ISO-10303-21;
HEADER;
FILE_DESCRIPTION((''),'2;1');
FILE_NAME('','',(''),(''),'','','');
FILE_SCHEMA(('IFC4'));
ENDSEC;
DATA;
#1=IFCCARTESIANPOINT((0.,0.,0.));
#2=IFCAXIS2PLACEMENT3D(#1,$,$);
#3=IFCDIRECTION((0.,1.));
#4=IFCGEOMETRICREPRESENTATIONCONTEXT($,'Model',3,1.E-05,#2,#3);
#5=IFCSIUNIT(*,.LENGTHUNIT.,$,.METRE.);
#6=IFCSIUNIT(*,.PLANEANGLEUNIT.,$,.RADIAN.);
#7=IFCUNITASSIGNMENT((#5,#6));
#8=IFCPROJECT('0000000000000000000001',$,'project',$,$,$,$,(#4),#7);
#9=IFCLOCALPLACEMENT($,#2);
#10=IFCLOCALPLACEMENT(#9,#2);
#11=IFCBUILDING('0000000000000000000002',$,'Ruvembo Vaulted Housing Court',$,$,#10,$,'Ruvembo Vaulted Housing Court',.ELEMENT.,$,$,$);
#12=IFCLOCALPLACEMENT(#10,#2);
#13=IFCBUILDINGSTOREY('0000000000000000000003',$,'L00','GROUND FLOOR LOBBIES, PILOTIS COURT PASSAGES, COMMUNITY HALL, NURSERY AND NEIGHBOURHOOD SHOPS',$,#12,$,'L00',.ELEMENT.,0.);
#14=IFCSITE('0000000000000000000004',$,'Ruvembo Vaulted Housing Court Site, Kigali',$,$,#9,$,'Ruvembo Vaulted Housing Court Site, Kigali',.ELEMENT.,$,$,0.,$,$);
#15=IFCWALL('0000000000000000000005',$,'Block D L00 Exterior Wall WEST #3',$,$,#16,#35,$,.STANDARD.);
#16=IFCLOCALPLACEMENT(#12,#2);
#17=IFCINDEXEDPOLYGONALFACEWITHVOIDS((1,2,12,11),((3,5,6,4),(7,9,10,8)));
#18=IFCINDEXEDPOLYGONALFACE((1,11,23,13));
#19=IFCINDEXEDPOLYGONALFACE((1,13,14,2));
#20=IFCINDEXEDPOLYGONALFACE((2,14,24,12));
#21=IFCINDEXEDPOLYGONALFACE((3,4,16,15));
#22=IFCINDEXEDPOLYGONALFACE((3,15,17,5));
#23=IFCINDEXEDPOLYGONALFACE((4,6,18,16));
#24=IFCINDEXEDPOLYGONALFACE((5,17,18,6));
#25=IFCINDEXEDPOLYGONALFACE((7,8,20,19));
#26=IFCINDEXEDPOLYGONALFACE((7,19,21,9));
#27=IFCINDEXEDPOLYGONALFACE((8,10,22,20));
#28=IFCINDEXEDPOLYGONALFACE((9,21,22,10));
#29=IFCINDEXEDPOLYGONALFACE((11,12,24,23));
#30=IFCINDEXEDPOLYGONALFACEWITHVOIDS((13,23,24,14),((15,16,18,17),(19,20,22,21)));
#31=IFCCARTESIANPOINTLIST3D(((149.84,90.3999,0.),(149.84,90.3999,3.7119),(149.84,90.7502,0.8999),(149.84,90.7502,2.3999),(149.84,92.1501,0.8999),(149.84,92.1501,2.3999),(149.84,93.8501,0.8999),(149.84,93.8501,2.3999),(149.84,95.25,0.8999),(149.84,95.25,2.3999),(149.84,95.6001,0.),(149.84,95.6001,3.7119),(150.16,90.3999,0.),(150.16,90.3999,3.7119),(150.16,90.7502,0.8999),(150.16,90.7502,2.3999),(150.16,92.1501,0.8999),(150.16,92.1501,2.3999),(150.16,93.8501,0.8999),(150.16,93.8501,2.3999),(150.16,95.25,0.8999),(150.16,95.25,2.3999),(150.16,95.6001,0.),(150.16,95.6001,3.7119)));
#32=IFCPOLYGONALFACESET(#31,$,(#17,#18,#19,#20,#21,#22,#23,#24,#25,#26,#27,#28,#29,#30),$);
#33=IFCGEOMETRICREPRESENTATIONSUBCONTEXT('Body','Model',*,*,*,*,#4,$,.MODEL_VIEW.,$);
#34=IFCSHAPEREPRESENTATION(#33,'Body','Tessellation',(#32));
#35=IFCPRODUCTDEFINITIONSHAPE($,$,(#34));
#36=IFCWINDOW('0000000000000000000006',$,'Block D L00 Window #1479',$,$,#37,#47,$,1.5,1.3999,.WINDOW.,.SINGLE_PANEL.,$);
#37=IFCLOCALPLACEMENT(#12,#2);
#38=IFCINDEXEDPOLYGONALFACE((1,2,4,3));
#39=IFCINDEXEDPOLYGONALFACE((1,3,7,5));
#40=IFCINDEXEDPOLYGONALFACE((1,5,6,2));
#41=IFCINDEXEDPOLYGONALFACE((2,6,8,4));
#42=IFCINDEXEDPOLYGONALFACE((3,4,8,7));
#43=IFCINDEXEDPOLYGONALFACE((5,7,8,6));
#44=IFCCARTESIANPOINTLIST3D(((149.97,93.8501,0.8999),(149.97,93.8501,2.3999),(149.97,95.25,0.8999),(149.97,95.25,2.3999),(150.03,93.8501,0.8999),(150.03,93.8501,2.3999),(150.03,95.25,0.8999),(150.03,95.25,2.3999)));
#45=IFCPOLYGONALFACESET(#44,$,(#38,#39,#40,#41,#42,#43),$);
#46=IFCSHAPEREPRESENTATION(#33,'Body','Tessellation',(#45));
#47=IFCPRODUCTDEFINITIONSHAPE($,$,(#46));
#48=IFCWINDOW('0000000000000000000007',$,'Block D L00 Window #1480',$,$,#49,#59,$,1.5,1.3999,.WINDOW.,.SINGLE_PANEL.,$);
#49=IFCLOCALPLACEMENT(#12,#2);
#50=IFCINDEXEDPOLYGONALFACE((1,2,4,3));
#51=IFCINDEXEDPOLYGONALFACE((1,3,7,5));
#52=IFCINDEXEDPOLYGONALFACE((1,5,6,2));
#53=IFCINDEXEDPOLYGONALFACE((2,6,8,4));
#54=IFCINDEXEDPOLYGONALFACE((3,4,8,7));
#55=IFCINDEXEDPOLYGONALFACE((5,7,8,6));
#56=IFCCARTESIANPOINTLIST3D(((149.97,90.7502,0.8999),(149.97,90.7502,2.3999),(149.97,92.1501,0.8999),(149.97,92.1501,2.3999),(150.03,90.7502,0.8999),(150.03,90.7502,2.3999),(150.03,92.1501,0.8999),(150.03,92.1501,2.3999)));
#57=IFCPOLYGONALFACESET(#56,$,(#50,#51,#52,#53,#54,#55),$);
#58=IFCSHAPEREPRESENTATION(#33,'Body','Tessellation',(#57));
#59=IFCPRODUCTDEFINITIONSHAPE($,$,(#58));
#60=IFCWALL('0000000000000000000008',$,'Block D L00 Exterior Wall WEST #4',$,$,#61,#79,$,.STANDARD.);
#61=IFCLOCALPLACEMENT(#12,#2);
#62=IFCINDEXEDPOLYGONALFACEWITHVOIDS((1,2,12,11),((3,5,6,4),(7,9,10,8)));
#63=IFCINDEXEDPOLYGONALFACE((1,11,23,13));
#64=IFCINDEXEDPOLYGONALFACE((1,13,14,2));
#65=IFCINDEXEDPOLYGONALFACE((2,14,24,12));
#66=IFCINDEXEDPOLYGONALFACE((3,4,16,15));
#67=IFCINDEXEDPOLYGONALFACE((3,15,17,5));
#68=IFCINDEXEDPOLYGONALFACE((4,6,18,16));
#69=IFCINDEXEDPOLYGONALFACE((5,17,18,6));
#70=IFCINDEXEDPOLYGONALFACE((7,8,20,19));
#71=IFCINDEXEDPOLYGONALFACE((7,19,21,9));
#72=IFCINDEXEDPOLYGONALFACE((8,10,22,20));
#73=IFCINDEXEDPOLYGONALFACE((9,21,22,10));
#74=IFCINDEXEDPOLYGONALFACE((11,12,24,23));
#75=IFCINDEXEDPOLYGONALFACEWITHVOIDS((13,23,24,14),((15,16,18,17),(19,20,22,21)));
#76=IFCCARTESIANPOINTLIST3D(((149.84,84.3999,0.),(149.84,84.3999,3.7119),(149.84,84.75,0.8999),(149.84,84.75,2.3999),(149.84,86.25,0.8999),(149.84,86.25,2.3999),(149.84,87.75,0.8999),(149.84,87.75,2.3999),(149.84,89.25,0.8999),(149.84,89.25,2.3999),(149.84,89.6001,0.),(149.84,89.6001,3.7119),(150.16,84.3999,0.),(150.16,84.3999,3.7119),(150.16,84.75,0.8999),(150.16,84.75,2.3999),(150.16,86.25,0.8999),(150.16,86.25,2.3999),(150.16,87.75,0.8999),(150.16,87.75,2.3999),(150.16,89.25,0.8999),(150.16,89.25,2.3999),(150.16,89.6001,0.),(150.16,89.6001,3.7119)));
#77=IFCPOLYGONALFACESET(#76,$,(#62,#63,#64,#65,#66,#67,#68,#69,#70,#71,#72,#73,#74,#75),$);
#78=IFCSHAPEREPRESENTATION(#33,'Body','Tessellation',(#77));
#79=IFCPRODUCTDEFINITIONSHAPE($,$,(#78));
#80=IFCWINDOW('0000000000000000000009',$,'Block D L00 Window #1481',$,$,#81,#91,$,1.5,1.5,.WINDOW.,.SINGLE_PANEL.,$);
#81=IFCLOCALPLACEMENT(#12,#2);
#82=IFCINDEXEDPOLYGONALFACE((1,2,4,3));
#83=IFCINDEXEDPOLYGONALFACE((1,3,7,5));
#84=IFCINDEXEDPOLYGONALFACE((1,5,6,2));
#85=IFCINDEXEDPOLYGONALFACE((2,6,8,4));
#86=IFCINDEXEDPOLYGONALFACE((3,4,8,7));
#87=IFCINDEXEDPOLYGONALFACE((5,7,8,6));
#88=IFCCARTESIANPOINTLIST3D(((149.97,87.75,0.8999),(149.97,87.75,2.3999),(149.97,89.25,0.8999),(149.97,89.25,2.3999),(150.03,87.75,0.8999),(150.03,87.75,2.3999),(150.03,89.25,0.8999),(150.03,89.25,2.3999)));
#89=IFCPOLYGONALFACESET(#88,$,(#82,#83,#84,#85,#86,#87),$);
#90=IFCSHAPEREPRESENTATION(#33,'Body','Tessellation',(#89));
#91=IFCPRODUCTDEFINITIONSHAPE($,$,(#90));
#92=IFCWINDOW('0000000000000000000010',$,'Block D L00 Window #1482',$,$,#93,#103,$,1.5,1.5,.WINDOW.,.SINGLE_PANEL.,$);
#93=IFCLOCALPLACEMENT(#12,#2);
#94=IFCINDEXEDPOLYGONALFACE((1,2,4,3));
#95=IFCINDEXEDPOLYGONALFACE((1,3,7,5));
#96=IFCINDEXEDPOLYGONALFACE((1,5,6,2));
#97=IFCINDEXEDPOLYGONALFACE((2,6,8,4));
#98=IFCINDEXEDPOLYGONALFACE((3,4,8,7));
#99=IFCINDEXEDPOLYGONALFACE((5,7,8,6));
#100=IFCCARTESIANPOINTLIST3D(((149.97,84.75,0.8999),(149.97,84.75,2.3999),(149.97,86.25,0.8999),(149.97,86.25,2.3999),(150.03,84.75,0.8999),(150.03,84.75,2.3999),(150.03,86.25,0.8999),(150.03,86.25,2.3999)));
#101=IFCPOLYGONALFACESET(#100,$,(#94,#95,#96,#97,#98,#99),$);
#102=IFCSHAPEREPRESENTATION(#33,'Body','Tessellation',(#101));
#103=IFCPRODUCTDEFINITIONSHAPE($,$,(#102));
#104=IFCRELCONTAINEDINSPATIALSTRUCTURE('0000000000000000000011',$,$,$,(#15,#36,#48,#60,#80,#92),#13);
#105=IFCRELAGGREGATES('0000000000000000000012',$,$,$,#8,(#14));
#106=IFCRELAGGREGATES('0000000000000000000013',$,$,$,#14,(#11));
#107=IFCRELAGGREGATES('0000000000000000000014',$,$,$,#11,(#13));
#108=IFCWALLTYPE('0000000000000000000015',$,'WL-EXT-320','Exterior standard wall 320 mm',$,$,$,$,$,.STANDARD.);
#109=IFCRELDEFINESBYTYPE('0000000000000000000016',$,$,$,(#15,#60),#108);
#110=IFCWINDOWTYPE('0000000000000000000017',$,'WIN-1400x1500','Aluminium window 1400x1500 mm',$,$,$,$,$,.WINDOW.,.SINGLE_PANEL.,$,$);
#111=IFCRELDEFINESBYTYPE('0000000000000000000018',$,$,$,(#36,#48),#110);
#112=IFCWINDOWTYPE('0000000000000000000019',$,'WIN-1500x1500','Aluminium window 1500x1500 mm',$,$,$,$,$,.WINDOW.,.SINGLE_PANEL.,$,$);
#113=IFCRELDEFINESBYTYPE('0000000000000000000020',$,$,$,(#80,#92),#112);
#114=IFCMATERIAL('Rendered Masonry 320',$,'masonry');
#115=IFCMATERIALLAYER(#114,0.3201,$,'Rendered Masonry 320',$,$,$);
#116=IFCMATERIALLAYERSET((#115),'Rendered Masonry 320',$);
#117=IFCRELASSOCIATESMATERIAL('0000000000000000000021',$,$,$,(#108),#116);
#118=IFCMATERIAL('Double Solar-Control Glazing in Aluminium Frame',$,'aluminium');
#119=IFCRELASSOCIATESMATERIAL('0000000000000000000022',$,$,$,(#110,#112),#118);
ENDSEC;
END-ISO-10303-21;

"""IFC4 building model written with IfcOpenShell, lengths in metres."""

from ifc_helpers import new_model, si_unit, direction, frame, frame_2d, origin, place, context, subcontext, project, spatial, rectangle, extrude, material, layer, layer_set, type_object, element, fill, save


model = new_model("IFC4")

# Units and contexts
model_context = context("Model", 3, precision=1e-05, world=origin(), true_north=direction((0.0, 1.0)))
body_context = subcontext(model_context, "Body", "Model", "MODEL_VIEW")
ifc_project = project(units=[si_unit("LENGTHUNIT", "METRE"), si_unit("PLANEANGLEUNIT", "RADIAN")], contexts=[model_context])

# Site, building, storey
site_placement = place(None, origin())
site = spatial("IfcSite", under=ifc_project, at=site_placement, Name="Ruvembo Vaulted Housing Court Site, Kigali", LongName="Ruvembo Vaulted Housing Court Site, Kigali", CompositionType="ELEMENT", RefElevation=0.0)
building_placement = place(site_placement, origin())
building = spatial("IfcBuilding", under=site, at=building_placement, Name="Ruvembo Vaulted Housing Court", LongName="Ruvembo Vaulted Housing Court", CompositionType="ELEMENT")
storey_placement = place(building_placement, origin())
storey = spatial("IfcBuildingStorey", under=building, at=storey_placement, Name="L00", Description="GROUND FLOOR LOBBIES, PILOTIS COURT PASSAGES, COMMUNITY HALL, NURSERY AND NEIGHBOURHOOD SHOPS", LongName="L00", CompositionType="ELEMENT", Elevation=0.0)

# Walls, openings, windows
ifc_material_1 = material(Name="Rendered Masonry 320", Category="masonry")
ifc_layer = layer(ifc_material_1, 0.3201, Name="Rendered Masonry 320")
ifc_layer_set = layer_set([ifc_layer], Name="Rendered Masonry 320")
wall_type = type_object("IfcWallType", Name="WL-EXT-320", Description="Exterior standard wall 320 mm", PredefinedType="STANDARD", material=ifc_layer_set)
wall_1_placement = place(storey_placement, frame((150.0, 95.6001, 0.0), z_axis=(0.0, 0.0, 1.0), x_axis=(0.0, -1.0, 0.0)))
wall_1 = element("IfcWall", 1, at=wall_1_placement, inside=storey, type_object=wall_type, Name="Block D L00 Exterior Wall WEST #3", PredefinedType="STANDARD", context=body_context, shape_type="SweptSolid", body=[
    extrude(rectangle(XDim=5.2002, YDim=0.3201, at=frame_2d((2.6001, 0.0))), origin(), (0.0, 0.0, 1.0), 3.7119),
])
opening_1_placement = place(wall_1_placement, frame((0.3501, 0.0, 0.8999)))
opening_1 = element("IfcOpeningElement", 2, at=opening_1_placement, cuts=wall_1, PredefinedType="OPENING", context=body_context, shape_type="SweptSolid", body=[
    extrude(rectangle(XDim=1.3999, YDim=1.5, at=frame_2d((0.7, 0.75))), frame((0.0, 0.1699, 0.0), z_axis=(0.0, -1.0, 0.0), x_axis=(1.0, 0.0, 0.0)), (0.0, 0.0, 1.0), 0.3401),
])
opening_2_placement = place(wall_1_placement, frame((3.45, 0.0, 0.8999)))
opening_2 = element("IfcOpeningElement", 3, at=opening_2_placement, cuts=wall_1, PredefinedType="OPENING", context=body_context, shape_type="SweptSolid", body=[
    extrude(rectangle(XDim=1.3999, YDim=1.5, at=frame_2d((0.7, 0.75))), frame((0.0, 0.1699, 0.0), z_axis=(0.0, -1.0, 0.0), x_axis=(1.0, 0.0, 0.0)), (0.0, 0.0, 1.0), 0.3401),
])
ifc_material_2 = material(Name="Double Solar-Control Glazing in Aluminium Frame", Category="aluminium")
window_type_1 = type_object("IfcWindowType", Name="WIN-1400x1500", Description="Aluminium window 1400x1500 mm", PartitioningType="SINGLE_PANEL", PredefinedType="WINDOW", material=ifc_material_2)
window_1_placement = place(opening_1_placement, origin())
window_1 = element("IfcWindow", 4, at=window_1_placement, inside=storey, type_object=window_type_1, Name="Block D L00 Window #1479", OverallHeight=1.5, OverallWidth=1.3999, PartitioningType="SINGLE_PANEL", PredefinedType="WINDOW", context=body_context, shape_type="SweptSolid", body=[
    extrude(rectangle(XDim=1.3999, YDim=1.5, at=frame_2d((0.7, 0.75))), frame((0.0, 0.03, 0.0), z_axis=(0.0, -1.0, 0.0), x_axis=(1.0, 0.0, 0.0)), (0.0, 0.0, 1.0), 0.0601),
])
fill(opening_1, window_1)
window_2_placement = place(opening_2_placement, origin())
window_2 = element("IfcWindow", 5, at=window_2_placement, inside=storey, type_object=window_type_1, Name="Block D L00 Window #1480", OverallHeight=1.5, OverallWidth=1.3999, PartitioningType="SINGLE_PANEL", PredefinedType="WINDOW", context=body_context, shape_type="SweptSolid", body=[
    extrude(rectangle(XDim=1.3999, YDim=1.5, at=frame_2d((0.7, 0.75))), frame((0.0, 0.03, 0.0), z_axis=(0.0, -1.0, 0.0), x_axis=(1.0, 0.0, 0.0)), (0.0, 0.0, 1.0), 0.0601),
])
fill(opening_2, window_2)
wall_2_placement = place(storey_placement, frame((150.0, 89.6001, 0.0), z_axis=(0.0, 0.0, 1.0), x_axis=(0.0, -1.0, 0.0)))
wall_2 = element("IfcWall", 6, at=wall_2_placement, inside=storey, type_object=wall_type, Name="Block D L00 Exterior Wall WEST #4", PredefinedType="STANDARD", context=body_context, shape_type="SweptSolid", body=[
    extrude(rectangle(XDim=5.2002, YDim=0.3201, at=frame_2d((2.6001, 0.0))), origin(), (0.0, 0.0, 1.0), 3.7119),
])
opening_3_placement = place(wall_2_placement, frame((0.3501, 0.0, 0.8999)))
opening_3 = element("IfcOpeningElement", 7, at=opening_3_placement, cuts=wall_2, PredefinedType="OPENING", context=body_context, shape_type="SweptSolid", body=[
    extrude(rectangle(XDim=1.5, YDim=1.5, at=frame_2d((0.75, 0.75))), frame((0.0, 0.1699, 0.0), z_axis=(0.0, -1.0, 0.0), x_axis=(1.0, 0.0, 0.0)), (0.0, 0.0, 1.0), 0.3401),
])
opening_4_placement = place(wall_2_placement, frame((3.3501, 0.0, 0.8999)))
opening_4 = element("IfcOpeningElement", 8, at=opening_4_placement, cuts=wall_2, PredefinedType="OPENING", context=body_context, shape_type="SweptSolid", body=[
    extrude(rectangle(XDim=1.5, YDim=1.5, at=frame_2d((0.75, 0.75))), frame((0.0, 0.1699, 0.0), z_axis=(0.0, -1.0, 0.0), x_axis=(1.0, 0.0, 0.0)), (0.0, 0.0, 1.0), 0.3401),
])
window_type_2 = type_object("IfcWindowType", Name="WIN-1500x1500", Description="Aluminium window 1500x1500 mm", PartitioningType="SINGLE_PANEL", PredefinedType="WINDOW", material=ifc_material_2)
window_3_placement = place(opening_3_placement, origin())
window_3 = element("IfcWindow", 9, at=window_3_placement, inside=storey, type_object=window_type_2, Name="Block D L00 Window #1481", OverallHeight=1.5, OverallWidth=1.5, PartitioningType="SINGLE_PANEL", PredefinedType="WINDOW", context=body_context, shape_type="SweptSolid", body=[
    extrude(rectangle(XDim=1.5, YDim=1.5, at=frame_2d((0.75, 0.75))), frame((0.0, 0.03, 0.0), z_axis=(0.0, -1.0, 0.0), x_axis=(1.0, 0.0, 0.0)), (0.0, 0.0, 1.0), 0.0601),
])
fill(opening_3, window_3)
window_4_placement = place(opening_4_placement, origin())
window_4 = element("IfcWindow", 10, at=window_4_placement, inside=storey, type_object=window_type_2, Name="Block D L00 Window #1482", OverallHeight=1.5, OverallWidth=1.5, PartitioningType="SINGLE_PANEL", PredefinedType="WINDOW", context=body_context, shape_type="SweptSolid", body=[
    extrude(rectangle(XDim=1.5, YDim=1.5, at=frame_2d((0.75, 0.75))), frame((0.0, 0.03, 0.0), z_axis=(0.0, -1.0, 0.0), x_axis=(1.0, 0.0, 0.0)), (0.0, 0.0, 1.0), 0.0601),
])
fill(opening_4, window_4)

save(model, "model.ifc")
